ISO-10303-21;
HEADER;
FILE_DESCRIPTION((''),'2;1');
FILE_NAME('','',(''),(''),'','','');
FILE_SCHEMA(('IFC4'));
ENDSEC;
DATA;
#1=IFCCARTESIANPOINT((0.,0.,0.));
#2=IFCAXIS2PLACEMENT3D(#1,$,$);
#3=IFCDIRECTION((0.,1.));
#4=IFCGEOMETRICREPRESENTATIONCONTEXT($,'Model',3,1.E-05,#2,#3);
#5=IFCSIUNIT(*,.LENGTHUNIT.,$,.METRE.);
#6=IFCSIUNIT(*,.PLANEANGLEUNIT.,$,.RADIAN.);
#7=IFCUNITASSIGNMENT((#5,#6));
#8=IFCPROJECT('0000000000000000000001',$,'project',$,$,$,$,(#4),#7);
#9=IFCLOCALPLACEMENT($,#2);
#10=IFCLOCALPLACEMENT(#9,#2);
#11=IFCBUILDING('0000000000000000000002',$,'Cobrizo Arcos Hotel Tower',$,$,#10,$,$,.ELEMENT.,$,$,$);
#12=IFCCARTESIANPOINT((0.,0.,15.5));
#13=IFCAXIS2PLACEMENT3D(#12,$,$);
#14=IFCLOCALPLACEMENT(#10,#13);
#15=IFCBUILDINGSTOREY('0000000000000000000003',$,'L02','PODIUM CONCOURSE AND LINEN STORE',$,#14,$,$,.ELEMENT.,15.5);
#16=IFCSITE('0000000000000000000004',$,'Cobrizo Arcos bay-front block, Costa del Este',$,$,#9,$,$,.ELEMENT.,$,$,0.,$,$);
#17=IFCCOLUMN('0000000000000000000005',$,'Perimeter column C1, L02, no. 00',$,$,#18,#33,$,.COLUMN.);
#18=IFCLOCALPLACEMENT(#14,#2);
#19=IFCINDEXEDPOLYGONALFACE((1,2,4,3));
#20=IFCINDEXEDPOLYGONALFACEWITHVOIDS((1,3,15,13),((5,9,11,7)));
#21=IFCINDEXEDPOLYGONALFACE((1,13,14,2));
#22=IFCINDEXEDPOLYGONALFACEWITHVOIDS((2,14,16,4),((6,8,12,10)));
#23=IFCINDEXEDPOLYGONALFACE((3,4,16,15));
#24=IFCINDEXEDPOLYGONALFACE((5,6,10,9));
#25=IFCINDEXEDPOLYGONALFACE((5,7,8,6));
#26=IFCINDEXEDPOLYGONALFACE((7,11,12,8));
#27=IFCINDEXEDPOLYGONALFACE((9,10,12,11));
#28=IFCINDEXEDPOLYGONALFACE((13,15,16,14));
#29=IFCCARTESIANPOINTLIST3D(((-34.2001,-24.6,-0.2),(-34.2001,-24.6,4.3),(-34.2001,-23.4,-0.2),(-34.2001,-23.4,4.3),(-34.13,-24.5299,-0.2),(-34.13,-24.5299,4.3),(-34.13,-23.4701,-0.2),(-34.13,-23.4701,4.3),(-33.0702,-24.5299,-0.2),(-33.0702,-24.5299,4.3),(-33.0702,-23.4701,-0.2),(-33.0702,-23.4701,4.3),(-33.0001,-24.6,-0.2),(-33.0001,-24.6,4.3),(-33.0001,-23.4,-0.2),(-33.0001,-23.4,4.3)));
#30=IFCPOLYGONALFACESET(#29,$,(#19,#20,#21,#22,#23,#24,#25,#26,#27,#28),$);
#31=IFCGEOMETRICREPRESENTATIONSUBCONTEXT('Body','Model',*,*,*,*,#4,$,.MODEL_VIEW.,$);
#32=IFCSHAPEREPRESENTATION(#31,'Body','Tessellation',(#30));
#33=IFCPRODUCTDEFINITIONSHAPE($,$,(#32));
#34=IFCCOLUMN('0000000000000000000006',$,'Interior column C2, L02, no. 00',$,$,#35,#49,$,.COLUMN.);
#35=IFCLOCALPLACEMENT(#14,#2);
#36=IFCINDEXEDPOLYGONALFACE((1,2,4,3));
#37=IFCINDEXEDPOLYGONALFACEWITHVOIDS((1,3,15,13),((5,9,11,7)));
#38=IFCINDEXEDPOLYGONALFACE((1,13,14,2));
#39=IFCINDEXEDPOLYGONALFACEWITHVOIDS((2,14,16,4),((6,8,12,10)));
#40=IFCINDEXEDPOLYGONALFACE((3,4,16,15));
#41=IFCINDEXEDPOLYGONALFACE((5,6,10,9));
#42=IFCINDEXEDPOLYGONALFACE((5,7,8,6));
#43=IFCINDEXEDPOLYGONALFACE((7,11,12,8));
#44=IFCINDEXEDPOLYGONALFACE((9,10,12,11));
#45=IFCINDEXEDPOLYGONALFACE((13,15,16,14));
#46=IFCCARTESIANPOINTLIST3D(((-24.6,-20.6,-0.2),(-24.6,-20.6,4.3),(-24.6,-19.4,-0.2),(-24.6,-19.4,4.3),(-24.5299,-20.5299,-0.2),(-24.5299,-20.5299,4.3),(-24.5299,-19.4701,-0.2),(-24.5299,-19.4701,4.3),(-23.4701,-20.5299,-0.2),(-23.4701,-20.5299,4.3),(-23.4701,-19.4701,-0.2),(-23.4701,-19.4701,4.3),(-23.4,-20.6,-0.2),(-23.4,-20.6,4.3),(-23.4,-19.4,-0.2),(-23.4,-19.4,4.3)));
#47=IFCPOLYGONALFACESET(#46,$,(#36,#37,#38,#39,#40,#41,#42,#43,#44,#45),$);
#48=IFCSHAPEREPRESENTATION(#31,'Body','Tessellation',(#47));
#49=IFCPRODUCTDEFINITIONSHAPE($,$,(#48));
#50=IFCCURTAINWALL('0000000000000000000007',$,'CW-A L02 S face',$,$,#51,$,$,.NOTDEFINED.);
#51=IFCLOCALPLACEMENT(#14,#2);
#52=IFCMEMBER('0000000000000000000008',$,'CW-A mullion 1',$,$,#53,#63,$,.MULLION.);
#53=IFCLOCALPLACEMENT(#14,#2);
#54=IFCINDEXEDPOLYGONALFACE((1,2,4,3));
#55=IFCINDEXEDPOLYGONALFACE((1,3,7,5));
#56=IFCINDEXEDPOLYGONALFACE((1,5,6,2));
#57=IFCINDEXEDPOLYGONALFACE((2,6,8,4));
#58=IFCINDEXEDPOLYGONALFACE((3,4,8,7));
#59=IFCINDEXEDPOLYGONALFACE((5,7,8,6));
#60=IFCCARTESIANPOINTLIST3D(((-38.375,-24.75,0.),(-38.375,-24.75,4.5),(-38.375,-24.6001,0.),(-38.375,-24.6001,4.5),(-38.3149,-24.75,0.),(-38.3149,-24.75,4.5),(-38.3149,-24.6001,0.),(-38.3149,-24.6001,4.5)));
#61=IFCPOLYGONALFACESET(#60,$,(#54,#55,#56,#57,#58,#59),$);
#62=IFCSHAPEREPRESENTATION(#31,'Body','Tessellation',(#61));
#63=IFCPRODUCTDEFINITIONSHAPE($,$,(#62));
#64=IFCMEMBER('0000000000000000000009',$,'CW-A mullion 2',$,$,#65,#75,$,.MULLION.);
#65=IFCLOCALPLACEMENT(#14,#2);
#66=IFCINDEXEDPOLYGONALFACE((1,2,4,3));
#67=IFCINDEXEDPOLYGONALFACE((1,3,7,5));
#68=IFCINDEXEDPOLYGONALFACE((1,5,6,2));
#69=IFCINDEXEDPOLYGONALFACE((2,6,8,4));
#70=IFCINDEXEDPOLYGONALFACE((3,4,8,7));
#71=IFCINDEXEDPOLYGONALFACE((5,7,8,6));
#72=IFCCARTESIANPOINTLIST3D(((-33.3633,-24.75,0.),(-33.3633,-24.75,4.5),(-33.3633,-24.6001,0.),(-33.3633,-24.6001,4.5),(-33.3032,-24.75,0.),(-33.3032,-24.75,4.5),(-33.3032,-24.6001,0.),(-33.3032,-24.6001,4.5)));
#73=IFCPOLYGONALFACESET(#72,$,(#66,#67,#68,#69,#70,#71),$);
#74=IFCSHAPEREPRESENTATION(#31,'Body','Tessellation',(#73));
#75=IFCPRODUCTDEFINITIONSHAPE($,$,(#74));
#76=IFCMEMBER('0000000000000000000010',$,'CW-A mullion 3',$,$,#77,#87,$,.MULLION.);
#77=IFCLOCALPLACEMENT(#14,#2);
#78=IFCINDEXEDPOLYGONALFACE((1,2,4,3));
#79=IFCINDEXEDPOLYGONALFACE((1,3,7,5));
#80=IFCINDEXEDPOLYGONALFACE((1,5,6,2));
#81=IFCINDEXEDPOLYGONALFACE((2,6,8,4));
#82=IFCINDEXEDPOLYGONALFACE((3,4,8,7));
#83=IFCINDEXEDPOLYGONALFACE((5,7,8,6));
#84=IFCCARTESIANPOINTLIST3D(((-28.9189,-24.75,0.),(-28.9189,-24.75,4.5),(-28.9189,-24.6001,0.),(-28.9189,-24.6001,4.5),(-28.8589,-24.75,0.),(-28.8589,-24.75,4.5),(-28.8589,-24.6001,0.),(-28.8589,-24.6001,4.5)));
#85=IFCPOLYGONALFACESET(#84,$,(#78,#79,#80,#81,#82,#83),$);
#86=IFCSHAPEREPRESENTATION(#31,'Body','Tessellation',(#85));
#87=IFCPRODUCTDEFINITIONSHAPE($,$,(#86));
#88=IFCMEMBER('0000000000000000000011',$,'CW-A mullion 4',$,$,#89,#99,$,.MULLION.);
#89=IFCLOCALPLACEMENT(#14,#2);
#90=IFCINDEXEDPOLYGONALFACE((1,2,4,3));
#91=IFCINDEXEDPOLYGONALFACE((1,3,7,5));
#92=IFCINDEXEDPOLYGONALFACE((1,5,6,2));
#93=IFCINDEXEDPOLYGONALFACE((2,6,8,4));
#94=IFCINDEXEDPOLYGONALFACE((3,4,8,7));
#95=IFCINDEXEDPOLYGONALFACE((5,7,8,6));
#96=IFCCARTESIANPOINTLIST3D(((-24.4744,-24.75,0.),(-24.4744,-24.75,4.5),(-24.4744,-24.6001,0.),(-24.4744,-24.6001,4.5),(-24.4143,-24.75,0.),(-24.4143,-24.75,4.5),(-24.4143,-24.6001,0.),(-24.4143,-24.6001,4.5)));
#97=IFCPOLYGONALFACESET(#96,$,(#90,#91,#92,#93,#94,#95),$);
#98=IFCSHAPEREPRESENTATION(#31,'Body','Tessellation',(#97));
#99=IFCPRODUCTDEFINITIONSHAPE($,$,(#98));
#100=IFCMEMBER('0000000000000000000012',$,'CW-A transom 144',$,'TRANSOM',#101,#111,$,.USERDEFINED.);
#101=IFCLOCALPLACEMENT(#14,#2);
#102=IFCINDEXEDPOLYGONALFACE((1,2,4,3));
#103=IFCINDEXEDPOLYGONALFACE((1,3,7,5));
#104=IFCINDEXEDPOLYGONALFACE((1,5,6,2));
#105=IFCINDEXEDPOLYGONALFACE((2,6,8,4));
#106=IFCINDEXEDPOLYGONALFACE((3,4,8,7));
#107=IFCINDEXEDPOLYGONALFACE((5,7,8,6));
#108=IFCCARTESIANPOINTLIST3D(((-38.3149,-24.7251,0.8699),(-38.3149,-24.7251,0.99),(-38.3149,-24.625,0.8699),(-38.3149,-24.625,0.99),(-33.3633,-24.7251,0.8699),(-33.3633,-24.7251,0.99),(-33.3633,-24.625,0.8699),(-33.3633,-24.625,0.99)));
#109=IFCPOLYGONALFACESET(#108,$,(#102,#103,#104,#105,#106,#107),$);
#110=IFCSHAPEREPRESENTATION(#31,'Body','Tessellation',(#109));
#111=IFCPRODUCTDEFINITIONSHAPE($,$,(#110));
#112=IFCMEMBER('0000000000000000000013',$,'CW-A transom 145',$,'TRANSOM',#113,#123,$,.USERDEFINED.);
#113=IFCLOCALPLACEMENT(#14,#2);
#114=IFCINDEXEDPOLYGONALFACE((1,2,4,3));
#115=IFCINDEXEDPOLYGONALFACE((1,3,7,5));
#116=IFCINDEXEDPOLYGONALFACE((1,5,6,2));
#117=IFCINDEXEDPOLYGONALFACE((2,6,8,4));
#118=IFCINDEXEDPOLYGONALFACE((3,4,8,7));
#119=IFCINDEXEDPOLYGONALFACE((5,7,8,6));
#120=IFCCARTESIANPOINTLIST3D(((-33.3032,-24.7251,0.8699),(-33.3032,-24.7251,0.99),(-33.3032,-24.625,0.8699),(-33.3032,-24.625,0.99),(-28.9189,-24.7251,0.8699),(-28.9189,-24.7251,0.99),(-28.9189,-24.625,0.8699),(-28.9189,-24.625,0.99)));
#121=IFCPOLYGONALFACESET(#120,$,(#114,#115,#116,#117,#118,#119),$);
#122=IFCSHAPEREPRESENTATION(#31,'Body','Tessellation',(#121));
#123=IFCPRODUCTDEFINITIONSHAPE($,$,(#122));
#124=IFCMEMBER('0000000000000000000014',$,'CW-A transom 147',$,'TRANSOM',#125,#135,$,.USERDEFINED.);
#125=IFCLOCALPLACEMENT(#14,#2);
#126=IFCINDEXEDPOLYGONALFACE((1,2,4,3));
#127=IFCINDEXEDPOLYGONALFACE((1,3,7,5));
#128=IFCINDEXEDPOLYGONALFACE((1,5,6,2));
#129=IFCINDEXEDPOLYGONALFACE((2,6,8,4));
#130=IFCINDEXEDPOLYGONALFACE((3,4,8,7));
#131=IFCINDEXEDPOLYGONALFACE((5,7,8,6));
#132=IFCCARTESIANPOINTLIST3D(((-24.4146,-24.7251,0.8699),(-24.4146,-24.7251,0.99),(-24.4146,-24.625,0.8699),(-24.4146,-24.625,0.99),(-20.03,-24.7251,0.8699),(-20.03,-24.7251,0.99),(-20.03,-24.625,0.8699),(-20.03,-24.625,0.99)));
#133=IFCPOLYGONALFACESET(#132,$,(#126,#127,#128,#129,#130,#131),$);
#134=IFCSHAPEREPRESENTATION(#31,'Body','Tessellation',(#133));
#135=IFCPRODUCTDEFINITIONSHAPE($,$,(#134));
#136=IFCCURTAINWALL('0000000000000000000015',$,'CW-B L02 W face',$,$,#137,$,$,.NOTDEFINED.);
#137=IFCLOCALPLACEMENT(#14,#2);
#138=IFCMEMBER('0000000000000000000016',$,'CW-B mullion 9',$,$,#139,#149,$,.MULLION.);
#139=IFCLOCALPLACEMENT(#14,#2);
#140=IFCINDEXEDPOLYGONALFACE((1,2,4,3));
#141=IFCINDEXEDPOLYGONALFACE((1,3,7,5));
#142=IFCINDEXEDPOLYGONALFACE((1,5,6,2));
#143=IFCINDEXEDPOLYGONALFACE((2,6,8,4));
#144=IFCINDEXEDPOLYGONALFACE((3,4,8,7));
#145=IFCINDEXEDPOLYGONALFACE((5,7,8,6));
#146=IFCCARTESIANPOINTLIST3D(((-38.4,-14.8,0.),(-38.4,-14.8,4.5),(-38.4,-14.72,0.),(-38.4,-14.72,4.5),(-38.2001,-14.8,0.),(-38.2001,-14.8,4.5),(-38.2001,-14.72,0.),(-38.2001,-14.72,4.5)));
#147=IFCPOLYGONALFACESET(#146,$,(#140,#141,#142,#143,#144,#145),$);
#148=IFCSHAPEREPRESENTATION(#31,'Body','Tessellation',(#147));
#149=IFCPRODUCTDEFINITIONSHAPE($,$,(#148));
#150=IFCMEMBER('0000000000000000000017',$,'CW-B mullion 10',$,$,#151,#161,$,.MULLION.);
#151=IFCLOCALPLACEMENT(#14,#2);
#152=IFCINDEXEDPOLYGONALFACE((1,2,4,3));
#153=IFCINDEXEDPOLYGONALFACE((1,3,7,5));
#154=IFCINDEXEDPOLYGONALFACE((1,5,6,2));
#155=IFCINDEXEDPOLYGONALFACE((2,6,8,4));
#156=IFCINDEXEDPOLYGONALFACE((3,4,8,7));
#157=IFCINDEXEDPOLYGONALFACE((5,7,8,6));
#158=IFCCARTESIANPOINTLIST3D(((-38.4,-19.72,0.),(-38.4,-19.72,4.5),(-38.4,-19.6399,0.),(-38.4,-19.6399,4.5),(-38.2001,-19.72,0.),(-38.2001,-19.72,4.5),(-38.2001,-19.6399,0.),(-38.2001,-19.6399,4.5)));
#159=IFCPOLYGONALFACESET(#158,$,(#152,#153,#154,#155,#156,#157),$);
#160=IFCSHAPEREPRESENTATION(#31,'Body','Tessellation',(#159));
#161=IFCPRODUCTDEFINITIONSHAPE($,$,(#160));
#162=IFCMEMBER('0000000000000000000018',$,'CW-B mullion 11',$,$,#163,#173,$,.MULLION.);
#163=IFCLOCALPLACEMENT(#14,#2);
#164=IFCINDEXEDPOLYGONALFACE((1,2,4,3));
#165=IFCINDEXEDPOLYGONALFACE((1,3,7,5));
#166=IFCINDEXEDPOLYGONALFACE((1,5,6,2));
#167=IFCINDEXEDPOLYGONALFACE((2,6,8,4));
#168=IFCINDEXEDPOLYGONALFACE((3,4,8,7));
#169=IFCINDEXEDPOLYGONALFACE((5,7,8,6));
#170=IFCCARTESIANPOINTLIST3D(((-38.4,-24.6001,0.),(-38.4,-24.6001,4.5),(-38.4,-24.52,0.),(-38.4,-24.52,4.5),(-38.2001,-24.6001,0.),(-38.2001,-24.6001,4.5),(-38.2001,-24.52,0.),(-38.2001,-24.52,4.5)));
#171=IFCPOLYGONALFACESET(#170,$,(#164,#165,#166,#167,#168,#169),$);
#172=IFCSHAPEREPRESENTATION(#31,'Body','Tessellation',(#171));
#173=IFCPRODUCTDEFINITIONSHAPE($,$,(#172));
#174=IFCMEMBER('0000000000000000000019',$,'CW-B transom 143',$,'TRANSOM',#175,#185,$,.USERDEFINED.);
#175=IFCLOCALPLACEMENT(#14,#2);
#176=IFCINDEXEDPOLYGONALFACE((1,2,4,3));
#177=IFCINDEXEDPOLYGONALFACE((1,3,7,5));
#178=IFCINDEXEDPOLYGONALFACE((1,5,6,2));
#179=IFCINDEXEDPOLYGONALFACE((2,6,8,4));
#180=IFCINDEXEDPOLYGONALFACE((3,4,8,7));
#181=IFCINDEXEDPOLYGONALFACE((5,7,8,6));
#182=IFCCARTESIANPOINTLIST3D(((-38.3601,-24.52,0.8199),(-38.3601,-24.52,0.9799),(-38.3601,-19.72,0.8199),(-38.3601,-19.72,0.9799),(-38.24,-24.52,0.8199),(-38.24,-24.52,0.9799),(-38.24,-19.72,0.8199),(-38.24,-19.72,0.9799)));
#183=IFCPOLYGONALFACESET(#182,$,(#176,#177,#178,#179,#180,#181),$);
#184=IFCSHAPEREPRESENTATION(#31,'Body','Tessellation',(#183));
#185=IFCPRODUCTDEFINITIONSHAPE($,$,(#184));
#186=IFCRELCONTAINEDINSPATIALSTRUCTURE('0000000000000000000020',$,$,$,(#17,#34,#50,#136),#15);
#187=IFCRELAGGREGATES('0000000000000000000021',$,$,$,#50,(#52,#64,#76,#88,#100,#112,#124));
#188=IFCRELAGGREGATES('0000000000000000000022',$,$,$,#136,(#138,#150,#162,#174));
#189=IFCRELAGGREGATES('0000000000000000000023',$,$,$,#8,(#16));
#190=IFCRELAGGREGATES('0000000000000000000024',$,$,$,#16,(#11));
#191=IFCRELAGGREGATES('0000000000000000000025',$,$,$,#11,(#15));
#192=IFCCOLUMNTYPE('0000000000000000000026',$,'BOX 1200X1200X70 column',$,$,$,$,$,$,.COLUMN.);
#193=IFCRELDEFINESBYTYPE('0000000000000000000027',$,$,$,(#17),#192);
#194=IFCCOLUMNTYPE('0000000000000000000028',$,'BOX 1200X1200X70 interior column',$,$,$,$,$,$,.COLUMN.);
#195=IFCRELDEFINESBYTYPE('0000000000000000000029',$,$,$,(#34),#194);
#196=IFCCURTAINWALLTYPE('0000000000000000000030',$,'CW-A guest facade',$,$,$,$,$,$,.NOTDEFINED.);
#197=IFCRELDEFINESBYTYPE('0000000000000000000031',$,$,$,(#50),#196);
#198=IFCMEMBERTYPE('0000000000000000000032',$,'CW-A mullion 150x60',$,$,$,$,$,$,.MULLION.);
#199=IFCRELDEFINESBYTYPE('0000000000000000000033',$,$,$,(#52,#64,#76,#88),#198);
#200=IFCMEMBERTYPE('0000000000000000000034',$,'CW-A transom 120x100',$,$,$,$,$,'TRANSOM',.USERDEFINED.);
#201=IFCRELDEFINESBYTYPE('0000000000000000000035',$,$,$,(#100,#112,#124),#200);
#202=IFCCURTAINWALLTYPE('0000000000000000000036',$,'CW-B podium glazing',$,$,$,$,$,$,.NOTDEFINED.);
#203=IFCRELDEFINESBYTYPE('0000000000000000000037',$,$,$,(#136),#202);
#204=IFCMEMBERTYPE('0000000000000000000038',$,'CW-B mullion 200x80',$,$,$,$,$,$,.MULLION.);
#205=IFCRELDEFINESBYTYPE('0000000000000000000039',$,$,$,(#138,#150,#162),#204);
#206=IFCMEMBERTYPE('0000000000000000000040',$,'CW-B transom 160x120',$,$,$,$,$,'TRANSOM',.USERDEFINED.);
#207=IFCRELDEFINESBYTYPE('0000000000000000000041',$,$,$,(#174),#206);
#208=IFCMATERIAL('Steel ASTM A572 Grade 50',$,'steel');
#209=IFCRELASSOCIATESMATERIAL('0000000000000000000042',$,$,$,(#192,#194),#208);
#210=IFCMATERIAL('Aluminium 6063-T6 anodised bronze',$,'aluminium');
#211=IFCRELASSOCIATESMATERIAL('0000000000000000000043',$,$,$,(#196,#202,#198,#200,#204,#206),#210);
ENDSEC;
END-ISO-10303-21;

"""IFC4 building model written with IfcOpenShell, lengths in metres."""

from ifc_helpers import new_model, si_unit, direction, frame, origin, origin_2d, place, context, subcontext, project, spatial, rectangle, hollow_rectangle, extrude, material, material_profile, profile_set, type_object, element, aggregate, save


model = new_model("IFC4")

# Units and contexts
model_context = context("Model", 3, precision=1e-05, world=origin(), true_north=direction((0.0, 1.0)))
body_context = subcontext(model_context, "Body", "Model", "MODEL_VIEW")
ifc_project = project(units=[si_unit("LENGTHUNIT", "METRE"), si_unit("PLANEANGLEUNIT", "RADIAN")], contexts=[model_context])

# Site, building, storey
site_placement = place(None, origin())
site = spatial("IfcSite", under=ifc_project, at=site_placement, Name="Cobrizo Arcos bay-front block, Costa del Este", CompositionType="ELEMENT", RefElevation=0.0)
building_placement = place(site_placement, origin())
building = spatial("IfcBuilding", under=site, at=building_placement, Name="Cobrizo Arcos Hotel Tower", CompositionType="ELEMENT")
storey_placement = place(building_placement, frame((0.0, 0.0, 15.5)))
storey = spatial("IfcBuildingStorey", under=building, at=storey_placement, Name="L02", Description="PODIUM CONCOURSE AND LINEN STORE", CompositionType="ELEMENT", Elevation=15.5)

# Columns
ifc_material_1 = material(Name="Steel ASTM A572 Grade 50", Category="steel")
ifc_material_profile_1 = material_profile(ifc_material_1, hollow_rectangle(XDim=1.2, YDim=1.2, WallThickness=0.0701, at=origin_2d()), Name="BOX 1200X1200X70")
ifc_profile_set_1 = profile_set([ifc_material_profile_1], Name="Steel ASTM A572 Grade 50")
column_type_1 = type_object("IfcColumnType", Name="BOX 1200X1200X70 column", PredefinedType="COLUMN", material=ifc_profile_set_1)
column_1_placement = place(storey_placement, frame((-33.6001, -24.0, -0.2), z_axis=(0.0, 0.0, 1.0), x_axis=(1.0, 0.0, 0.0)))
element("IfcColumn", 1, at=column_1_placement, inside=storey, type_object=column_type_1, Name="Perimeter column C1, L02, no. 00", PredefinedType="COLUMN", context=body_context, shape_type="SweptSolid", body=[
    extrude(hollow_rectangle(XDim=1.2, YDim=1.2, WallThickness=0.0701, at=origin_2d()), origin(), (0.0, 0.0, 1.0), 4.5),
])
ifc_material_profile_2 = material_profile(ifc_material_1, hollow_rectangle(XDim=1.2, YDim=1.2, WallThickness=0.0701, at=origin_2d()), Name="BOX 1200X1200X70")
ifc_profile_set_2 = profile_set([ifc_material_profile_2], Name="Steel ASTM A572 Grade 50")
column_type_2 = type_object("IfcColumnType", Name="BOX 1200X1200X70 interior column", PredefinedType="COLUMN", material=ifc_profile_set_2)
column_2_placement = place(storey_placement, frame((-24.0, -20.0, -0.2), z_axis=(0.0, 0.0, 1.0), x_axis=(1.0, 0.0, 0.0)))
element("IfcColumn", 2, at=column_2_placement, inside=storey, type_object=column_type_2, Name="Interior column C2, L02, no. 00", PredefinedType="COLUMN", context=body_context, shape_type="SweptSolid", body=[
    extrude(hollow_rectangle(XDim=1.2, YDim=1.2, WallThickness=0.0701, at=origin_2d()), origin(), (0.0, 0.0, 1.0), 4.5),
])

# Curtain walls, members
ifc_material_2 = material(Name="Aluminium 6063-T6 anodised bronze", Category="aluminium")
curtain_wall_type_1 = type_object("IfcCurtainWallType", Name="CW-A guest facade", PredefinedType="NOTDEFINED", material=ifc_material_2)
curtain_wall_1_placement = place(storey_placement, origin())
curtain_wall_1 = element("IfcCurtainWall", 3, at=curtain_wall_1_placement, inside=storey, type_object=curtain_wall_type_1, Name="CW-A L02 S face", PredefinedType="NOTDEFINED")
ifc_material_profile_3 = material_profile(ifc_material_2, rectangle(XDim=0.1499, YDim=0.0601, at=origin_2d()), Name="CW-A mullion 150x60")
ifc_profile_set_3 = profile_set([ifc_material_profile_3], Name="Aluminium 6063-T6 anodised bronze")
member_type_1 = type_object("IfcMemberType", Name="CW-A mullion 150x60", PredefinedType="MULLION", material=ifc_profile_set_3)
member_1_placement = place(storey_placement, frame((-38.345, -24.675, 0.0), z_axis=(0.0, 0.0, 1.0), x_axis=(0.0, -1.0, 0.0)))
member_1 = element("IfcMember", 4, at=member_1_placement, type_object=member_type_1, Name="CW-A mullion 1", PredefinedType="MULLION", context=body_context, shape_type="SweptSolid", body=[
    extrude(rectangle(XDim=0.1499, YDim=0.0601, at=origin_2d()), origin(), (0.0, 0.0, 1.0), 4.5),
])
member_2_placement = place(storey_placement, frame((-33.3333, -24.675, 0.0), z_axis=(0.0, 0.0, 1.0), x_axis=(0.0, -1.0, 0.0)))
member_2 = element("IfcMember", 5, at=member_2_placement, type_object=member_type_1, Name="CW-A mullion 2", PredefinedType="MULLION", context=body_context, shape_type="SweptSolid", body=[
    extrude(rectangle(XDim=0.1499, YDim=0.0601, at=origin_2d()), origin(), (0.0, 0.0, 1.0), 4.5),
])
member_3_placement = place(storey_placement, frame((-28.8889, -24.675, 0.0), z_axis=(0.0, 0.0, 1.0), x_axis=(0.0, -1.0, 0.0)))
member_3 = element("IfcMember", 6, at=member_3_placement, type_object=member_type_1, Name="CW-A mullion 3", PredefinedType="MULLION", context=body_context, shape_type="SweptSolid", body=[
    extrude(rectangle(XDim=0.1499, YDim=0.0601, at=origin_2d()), origin(), (0.0, 0.0, 1.0), 4.5),
])
member_4_placement = place(storey_placement, frame((-24.4443, -24.675, 0.0), z_axis=(0.0, 0.0, 1.0), x_axis=(0.0, -1.0, 0.0)))
member_4 = element("IfcMember", 7, at=member_4_placement, type_object=member_type_1, Name="CW-A mullion 4", PredefinedType="MULLION", context=body_context, shape_type="SweptSolid", body=[
    extrude(rectangle(XDim=0.1499, YDim=0.0601, at=origin_2d()), origin(), (0.0, 0.0, 1.0), 4.5),
])
ifc_material_profile_4 = material_profile(ifc_material_2, rectangle(XDim=0.1001, YDim=0.1201, at=origin_2d()), Name="CW-A transom 120x100")
ifc_profile_set_4 = profile_set([ifc_material_profile_4], Name="Aluminium 6063-T6 anodised bronze")
member_type_2 = type_object("IfcMemberType", Name="CW-A transom 120x100", ElementType="TRANSOM", PredefinedType="USERDEFINED", material=ifc_profile_set_4)
member_5_placement = place(storey_placement, frame((-38.3149, -24.675, 0.9299), z_axis=(1.0, 0.0, 0.0), x_axis=(0.0, 1.0, 0.0)))
member_5 = element("IfcMember", 8, at=member_5_placement, type_object=member_type_2, Name="CW-A transom 144", ObjectType="TRANSOM", PredefinedType="USERDEFINED", context=body_context, shape_type="SweptSolid", body=[
    extrude(rectangle(XDim=0.1001, YDim=0.1201, at=origin_2d()), origin(), (0.0, 0.0, 1.0), 4.9517),
])
member_6_placement = place(storey_placement, frame((-33.3032, -24.675, 0.9299), z_axis=(1.0, 0.0, 0.0), x_axis=(0.0, 1.0, 0.0)))
member_6 = element("IfcMember", 9, at=member_6_placement, type_object=member_type_2, Name="CW-A transom 145", ObjectType="TRANSOM", PredefinedType="USERDEFINED", context=body_context, shape_type="SweptSolid", body=[
    extrude(rectangle(XDim=0.1001, YDim=0.1201, at=origin_2d()), origin(), (0.0, 0.0, 1.0), 4.3843),
])
member_7_placement = place(storey_placement, frame((-24.4146, -24.675, 0.9299), z_axis=(1.0, 0.0, 0.0), x_axis=(0.0, 1.0, 0.0)))
member_7 = element("IfcMember", 10, at=member_7_placement, type_object=member_type_2, Name="CW-A transom 147", ObjectType="TRANSOM", PredefinedType="USERDEFINED", context=body_context, shape_type="SweptSolid", body=[
    extrude(rectangle(XDim=0.1001, YDim=0.1201, at=origin_2d()), origin(), (0.0, 0.0, 1.0), 4.3845),
])
curtain_wall_type_2 = type_object("IfcCurtainWallType", Name="CW-B podium glazing", PredefinedType="NOTDEFINED", material=ifc_material_2)
curtain_wall_2_placement = place(storey_placement, origin())
curtain_wall_2 = element("IfcCurtainWall", 11, at=curtain_wall_2_placement, inside=storey, type_object=curtain_wall_type_2, Name="CW-B L02 W face", PredefinedType="NOTDEFINED")
ifc_material_profile_5 = material_profile(ifc_material_2, rectangle(XDim=0.2, YDim=0.0801, at=origin_2d()), Name="CW-B mullion 200x80")
ifc_profile_set_5 = profile_set([ifc_material_profile_5], Name="Aluminium 6063-T6 anodised bronze")
member_type_3 = type_object("IfcMemberType", Name="CW-B mullion 200x80", PredefinedType="MULLION", material=ifc_profile_set_5)
member_8_placement = place(storey_placement, frame((-38.3, -14.76, 0.0), z_axis=(0.0, 0.0, 1.0), x_axis=(-1.0, 0.0, 0.0)))
member_8 = element("IfcMember", 12, at=member_8_placement, type_object=member_type_3, Name="CW-B mullion 9", PredefinedType="MULLION", context=body_context, shape_type="SweptSolid", body=[
    extrude(rectangle(XDim=0.2, YDim=0.0801, at=origin_2d()), origin(), (0.0, 0.0, 1.0), 4.5),
])
member_9_placement = place(storey_placement, frame((-38.3, -19.6799, 0.0), z_axis=(0.0, 0.0, 1.0), x_axis=(-1.0, 0.0, 0.0)))
member_9 = element("IfcMember", 13, at=member_9_placement, type_object=member_type_3, Name="CW-B mullion 10", PredefinedType="MULLION", context=body_context, shape_type="SweptSolid", body=[
    extrude(rectangle(XDim=0.2, YDim=0.0801, at=origin_2d()), origin(), (0.0, 0.0, 1.0), 4.5),
])
member_10_placement = place(storey_placement, frame((-38.3, -24.5601, 0.0), z_axis=(0.0, 0.0, 1.0), x_axis=(-1.0, 0.0, 0.0)))
member_10 = element("IfcMember", 14, at=member_10_placement, type_object=member_type_3, Name="CW-B mullion 11", PredefinedType="MULLION", context=body_context, shape_type="SweptSolid", body=[
    extrude(rectangle(XDim=0.2, YDim=0.0801, at=origin_2d()), origin(), (0.0, 0.0, 1.0), 4.5),
])
ifc_material_profile_6 = material_profile(ifc_material_2, rectangle(XDim=0.1201, YDim=0.1599, at=origin_2d()), Name="CW-B transom 160x120")
ifc_profile_set_6 = profile_set([ifc_material_profile_6], Name="Aluminium 6063-T6 anodised bronze")
member_type_4 = type_object("IfcMemberType", Name="CW-B transom 160x120", ElementType="TRANSOM", PredefinedType="USERDEFINED", material=ifc_profile_set_6)
member_11_placement = place(storey_placement, frame((-38.3, -19.72, 0.8999), z_axis=(0.0, -1.0, 0.0), x_axis=(1.0, 0.0, 0.0)))
member_11 = element("IfcMember", 15, at=member_11_placement, type_object=member_type_4, Name="CW-B transom 143", ObjectType="TRANSOM", PredefinedType="USERDEFINED", context=body_context, shape_type="SweptSolid", body=[
    extrude(rectangle(XDim=0.1201, YDim=0.1599, at=origin_2d()), origin(), (0.0, 0.0, 1.0), 4.8),
])

aggregate(curtain_wall_1, [member_1, member_2, member_3, member_4, member_5, member_6, member_7])
aggregate(curtain_wall_2, [member_8, member_9, member_10, member_11])

save(model, "model.ifc")
